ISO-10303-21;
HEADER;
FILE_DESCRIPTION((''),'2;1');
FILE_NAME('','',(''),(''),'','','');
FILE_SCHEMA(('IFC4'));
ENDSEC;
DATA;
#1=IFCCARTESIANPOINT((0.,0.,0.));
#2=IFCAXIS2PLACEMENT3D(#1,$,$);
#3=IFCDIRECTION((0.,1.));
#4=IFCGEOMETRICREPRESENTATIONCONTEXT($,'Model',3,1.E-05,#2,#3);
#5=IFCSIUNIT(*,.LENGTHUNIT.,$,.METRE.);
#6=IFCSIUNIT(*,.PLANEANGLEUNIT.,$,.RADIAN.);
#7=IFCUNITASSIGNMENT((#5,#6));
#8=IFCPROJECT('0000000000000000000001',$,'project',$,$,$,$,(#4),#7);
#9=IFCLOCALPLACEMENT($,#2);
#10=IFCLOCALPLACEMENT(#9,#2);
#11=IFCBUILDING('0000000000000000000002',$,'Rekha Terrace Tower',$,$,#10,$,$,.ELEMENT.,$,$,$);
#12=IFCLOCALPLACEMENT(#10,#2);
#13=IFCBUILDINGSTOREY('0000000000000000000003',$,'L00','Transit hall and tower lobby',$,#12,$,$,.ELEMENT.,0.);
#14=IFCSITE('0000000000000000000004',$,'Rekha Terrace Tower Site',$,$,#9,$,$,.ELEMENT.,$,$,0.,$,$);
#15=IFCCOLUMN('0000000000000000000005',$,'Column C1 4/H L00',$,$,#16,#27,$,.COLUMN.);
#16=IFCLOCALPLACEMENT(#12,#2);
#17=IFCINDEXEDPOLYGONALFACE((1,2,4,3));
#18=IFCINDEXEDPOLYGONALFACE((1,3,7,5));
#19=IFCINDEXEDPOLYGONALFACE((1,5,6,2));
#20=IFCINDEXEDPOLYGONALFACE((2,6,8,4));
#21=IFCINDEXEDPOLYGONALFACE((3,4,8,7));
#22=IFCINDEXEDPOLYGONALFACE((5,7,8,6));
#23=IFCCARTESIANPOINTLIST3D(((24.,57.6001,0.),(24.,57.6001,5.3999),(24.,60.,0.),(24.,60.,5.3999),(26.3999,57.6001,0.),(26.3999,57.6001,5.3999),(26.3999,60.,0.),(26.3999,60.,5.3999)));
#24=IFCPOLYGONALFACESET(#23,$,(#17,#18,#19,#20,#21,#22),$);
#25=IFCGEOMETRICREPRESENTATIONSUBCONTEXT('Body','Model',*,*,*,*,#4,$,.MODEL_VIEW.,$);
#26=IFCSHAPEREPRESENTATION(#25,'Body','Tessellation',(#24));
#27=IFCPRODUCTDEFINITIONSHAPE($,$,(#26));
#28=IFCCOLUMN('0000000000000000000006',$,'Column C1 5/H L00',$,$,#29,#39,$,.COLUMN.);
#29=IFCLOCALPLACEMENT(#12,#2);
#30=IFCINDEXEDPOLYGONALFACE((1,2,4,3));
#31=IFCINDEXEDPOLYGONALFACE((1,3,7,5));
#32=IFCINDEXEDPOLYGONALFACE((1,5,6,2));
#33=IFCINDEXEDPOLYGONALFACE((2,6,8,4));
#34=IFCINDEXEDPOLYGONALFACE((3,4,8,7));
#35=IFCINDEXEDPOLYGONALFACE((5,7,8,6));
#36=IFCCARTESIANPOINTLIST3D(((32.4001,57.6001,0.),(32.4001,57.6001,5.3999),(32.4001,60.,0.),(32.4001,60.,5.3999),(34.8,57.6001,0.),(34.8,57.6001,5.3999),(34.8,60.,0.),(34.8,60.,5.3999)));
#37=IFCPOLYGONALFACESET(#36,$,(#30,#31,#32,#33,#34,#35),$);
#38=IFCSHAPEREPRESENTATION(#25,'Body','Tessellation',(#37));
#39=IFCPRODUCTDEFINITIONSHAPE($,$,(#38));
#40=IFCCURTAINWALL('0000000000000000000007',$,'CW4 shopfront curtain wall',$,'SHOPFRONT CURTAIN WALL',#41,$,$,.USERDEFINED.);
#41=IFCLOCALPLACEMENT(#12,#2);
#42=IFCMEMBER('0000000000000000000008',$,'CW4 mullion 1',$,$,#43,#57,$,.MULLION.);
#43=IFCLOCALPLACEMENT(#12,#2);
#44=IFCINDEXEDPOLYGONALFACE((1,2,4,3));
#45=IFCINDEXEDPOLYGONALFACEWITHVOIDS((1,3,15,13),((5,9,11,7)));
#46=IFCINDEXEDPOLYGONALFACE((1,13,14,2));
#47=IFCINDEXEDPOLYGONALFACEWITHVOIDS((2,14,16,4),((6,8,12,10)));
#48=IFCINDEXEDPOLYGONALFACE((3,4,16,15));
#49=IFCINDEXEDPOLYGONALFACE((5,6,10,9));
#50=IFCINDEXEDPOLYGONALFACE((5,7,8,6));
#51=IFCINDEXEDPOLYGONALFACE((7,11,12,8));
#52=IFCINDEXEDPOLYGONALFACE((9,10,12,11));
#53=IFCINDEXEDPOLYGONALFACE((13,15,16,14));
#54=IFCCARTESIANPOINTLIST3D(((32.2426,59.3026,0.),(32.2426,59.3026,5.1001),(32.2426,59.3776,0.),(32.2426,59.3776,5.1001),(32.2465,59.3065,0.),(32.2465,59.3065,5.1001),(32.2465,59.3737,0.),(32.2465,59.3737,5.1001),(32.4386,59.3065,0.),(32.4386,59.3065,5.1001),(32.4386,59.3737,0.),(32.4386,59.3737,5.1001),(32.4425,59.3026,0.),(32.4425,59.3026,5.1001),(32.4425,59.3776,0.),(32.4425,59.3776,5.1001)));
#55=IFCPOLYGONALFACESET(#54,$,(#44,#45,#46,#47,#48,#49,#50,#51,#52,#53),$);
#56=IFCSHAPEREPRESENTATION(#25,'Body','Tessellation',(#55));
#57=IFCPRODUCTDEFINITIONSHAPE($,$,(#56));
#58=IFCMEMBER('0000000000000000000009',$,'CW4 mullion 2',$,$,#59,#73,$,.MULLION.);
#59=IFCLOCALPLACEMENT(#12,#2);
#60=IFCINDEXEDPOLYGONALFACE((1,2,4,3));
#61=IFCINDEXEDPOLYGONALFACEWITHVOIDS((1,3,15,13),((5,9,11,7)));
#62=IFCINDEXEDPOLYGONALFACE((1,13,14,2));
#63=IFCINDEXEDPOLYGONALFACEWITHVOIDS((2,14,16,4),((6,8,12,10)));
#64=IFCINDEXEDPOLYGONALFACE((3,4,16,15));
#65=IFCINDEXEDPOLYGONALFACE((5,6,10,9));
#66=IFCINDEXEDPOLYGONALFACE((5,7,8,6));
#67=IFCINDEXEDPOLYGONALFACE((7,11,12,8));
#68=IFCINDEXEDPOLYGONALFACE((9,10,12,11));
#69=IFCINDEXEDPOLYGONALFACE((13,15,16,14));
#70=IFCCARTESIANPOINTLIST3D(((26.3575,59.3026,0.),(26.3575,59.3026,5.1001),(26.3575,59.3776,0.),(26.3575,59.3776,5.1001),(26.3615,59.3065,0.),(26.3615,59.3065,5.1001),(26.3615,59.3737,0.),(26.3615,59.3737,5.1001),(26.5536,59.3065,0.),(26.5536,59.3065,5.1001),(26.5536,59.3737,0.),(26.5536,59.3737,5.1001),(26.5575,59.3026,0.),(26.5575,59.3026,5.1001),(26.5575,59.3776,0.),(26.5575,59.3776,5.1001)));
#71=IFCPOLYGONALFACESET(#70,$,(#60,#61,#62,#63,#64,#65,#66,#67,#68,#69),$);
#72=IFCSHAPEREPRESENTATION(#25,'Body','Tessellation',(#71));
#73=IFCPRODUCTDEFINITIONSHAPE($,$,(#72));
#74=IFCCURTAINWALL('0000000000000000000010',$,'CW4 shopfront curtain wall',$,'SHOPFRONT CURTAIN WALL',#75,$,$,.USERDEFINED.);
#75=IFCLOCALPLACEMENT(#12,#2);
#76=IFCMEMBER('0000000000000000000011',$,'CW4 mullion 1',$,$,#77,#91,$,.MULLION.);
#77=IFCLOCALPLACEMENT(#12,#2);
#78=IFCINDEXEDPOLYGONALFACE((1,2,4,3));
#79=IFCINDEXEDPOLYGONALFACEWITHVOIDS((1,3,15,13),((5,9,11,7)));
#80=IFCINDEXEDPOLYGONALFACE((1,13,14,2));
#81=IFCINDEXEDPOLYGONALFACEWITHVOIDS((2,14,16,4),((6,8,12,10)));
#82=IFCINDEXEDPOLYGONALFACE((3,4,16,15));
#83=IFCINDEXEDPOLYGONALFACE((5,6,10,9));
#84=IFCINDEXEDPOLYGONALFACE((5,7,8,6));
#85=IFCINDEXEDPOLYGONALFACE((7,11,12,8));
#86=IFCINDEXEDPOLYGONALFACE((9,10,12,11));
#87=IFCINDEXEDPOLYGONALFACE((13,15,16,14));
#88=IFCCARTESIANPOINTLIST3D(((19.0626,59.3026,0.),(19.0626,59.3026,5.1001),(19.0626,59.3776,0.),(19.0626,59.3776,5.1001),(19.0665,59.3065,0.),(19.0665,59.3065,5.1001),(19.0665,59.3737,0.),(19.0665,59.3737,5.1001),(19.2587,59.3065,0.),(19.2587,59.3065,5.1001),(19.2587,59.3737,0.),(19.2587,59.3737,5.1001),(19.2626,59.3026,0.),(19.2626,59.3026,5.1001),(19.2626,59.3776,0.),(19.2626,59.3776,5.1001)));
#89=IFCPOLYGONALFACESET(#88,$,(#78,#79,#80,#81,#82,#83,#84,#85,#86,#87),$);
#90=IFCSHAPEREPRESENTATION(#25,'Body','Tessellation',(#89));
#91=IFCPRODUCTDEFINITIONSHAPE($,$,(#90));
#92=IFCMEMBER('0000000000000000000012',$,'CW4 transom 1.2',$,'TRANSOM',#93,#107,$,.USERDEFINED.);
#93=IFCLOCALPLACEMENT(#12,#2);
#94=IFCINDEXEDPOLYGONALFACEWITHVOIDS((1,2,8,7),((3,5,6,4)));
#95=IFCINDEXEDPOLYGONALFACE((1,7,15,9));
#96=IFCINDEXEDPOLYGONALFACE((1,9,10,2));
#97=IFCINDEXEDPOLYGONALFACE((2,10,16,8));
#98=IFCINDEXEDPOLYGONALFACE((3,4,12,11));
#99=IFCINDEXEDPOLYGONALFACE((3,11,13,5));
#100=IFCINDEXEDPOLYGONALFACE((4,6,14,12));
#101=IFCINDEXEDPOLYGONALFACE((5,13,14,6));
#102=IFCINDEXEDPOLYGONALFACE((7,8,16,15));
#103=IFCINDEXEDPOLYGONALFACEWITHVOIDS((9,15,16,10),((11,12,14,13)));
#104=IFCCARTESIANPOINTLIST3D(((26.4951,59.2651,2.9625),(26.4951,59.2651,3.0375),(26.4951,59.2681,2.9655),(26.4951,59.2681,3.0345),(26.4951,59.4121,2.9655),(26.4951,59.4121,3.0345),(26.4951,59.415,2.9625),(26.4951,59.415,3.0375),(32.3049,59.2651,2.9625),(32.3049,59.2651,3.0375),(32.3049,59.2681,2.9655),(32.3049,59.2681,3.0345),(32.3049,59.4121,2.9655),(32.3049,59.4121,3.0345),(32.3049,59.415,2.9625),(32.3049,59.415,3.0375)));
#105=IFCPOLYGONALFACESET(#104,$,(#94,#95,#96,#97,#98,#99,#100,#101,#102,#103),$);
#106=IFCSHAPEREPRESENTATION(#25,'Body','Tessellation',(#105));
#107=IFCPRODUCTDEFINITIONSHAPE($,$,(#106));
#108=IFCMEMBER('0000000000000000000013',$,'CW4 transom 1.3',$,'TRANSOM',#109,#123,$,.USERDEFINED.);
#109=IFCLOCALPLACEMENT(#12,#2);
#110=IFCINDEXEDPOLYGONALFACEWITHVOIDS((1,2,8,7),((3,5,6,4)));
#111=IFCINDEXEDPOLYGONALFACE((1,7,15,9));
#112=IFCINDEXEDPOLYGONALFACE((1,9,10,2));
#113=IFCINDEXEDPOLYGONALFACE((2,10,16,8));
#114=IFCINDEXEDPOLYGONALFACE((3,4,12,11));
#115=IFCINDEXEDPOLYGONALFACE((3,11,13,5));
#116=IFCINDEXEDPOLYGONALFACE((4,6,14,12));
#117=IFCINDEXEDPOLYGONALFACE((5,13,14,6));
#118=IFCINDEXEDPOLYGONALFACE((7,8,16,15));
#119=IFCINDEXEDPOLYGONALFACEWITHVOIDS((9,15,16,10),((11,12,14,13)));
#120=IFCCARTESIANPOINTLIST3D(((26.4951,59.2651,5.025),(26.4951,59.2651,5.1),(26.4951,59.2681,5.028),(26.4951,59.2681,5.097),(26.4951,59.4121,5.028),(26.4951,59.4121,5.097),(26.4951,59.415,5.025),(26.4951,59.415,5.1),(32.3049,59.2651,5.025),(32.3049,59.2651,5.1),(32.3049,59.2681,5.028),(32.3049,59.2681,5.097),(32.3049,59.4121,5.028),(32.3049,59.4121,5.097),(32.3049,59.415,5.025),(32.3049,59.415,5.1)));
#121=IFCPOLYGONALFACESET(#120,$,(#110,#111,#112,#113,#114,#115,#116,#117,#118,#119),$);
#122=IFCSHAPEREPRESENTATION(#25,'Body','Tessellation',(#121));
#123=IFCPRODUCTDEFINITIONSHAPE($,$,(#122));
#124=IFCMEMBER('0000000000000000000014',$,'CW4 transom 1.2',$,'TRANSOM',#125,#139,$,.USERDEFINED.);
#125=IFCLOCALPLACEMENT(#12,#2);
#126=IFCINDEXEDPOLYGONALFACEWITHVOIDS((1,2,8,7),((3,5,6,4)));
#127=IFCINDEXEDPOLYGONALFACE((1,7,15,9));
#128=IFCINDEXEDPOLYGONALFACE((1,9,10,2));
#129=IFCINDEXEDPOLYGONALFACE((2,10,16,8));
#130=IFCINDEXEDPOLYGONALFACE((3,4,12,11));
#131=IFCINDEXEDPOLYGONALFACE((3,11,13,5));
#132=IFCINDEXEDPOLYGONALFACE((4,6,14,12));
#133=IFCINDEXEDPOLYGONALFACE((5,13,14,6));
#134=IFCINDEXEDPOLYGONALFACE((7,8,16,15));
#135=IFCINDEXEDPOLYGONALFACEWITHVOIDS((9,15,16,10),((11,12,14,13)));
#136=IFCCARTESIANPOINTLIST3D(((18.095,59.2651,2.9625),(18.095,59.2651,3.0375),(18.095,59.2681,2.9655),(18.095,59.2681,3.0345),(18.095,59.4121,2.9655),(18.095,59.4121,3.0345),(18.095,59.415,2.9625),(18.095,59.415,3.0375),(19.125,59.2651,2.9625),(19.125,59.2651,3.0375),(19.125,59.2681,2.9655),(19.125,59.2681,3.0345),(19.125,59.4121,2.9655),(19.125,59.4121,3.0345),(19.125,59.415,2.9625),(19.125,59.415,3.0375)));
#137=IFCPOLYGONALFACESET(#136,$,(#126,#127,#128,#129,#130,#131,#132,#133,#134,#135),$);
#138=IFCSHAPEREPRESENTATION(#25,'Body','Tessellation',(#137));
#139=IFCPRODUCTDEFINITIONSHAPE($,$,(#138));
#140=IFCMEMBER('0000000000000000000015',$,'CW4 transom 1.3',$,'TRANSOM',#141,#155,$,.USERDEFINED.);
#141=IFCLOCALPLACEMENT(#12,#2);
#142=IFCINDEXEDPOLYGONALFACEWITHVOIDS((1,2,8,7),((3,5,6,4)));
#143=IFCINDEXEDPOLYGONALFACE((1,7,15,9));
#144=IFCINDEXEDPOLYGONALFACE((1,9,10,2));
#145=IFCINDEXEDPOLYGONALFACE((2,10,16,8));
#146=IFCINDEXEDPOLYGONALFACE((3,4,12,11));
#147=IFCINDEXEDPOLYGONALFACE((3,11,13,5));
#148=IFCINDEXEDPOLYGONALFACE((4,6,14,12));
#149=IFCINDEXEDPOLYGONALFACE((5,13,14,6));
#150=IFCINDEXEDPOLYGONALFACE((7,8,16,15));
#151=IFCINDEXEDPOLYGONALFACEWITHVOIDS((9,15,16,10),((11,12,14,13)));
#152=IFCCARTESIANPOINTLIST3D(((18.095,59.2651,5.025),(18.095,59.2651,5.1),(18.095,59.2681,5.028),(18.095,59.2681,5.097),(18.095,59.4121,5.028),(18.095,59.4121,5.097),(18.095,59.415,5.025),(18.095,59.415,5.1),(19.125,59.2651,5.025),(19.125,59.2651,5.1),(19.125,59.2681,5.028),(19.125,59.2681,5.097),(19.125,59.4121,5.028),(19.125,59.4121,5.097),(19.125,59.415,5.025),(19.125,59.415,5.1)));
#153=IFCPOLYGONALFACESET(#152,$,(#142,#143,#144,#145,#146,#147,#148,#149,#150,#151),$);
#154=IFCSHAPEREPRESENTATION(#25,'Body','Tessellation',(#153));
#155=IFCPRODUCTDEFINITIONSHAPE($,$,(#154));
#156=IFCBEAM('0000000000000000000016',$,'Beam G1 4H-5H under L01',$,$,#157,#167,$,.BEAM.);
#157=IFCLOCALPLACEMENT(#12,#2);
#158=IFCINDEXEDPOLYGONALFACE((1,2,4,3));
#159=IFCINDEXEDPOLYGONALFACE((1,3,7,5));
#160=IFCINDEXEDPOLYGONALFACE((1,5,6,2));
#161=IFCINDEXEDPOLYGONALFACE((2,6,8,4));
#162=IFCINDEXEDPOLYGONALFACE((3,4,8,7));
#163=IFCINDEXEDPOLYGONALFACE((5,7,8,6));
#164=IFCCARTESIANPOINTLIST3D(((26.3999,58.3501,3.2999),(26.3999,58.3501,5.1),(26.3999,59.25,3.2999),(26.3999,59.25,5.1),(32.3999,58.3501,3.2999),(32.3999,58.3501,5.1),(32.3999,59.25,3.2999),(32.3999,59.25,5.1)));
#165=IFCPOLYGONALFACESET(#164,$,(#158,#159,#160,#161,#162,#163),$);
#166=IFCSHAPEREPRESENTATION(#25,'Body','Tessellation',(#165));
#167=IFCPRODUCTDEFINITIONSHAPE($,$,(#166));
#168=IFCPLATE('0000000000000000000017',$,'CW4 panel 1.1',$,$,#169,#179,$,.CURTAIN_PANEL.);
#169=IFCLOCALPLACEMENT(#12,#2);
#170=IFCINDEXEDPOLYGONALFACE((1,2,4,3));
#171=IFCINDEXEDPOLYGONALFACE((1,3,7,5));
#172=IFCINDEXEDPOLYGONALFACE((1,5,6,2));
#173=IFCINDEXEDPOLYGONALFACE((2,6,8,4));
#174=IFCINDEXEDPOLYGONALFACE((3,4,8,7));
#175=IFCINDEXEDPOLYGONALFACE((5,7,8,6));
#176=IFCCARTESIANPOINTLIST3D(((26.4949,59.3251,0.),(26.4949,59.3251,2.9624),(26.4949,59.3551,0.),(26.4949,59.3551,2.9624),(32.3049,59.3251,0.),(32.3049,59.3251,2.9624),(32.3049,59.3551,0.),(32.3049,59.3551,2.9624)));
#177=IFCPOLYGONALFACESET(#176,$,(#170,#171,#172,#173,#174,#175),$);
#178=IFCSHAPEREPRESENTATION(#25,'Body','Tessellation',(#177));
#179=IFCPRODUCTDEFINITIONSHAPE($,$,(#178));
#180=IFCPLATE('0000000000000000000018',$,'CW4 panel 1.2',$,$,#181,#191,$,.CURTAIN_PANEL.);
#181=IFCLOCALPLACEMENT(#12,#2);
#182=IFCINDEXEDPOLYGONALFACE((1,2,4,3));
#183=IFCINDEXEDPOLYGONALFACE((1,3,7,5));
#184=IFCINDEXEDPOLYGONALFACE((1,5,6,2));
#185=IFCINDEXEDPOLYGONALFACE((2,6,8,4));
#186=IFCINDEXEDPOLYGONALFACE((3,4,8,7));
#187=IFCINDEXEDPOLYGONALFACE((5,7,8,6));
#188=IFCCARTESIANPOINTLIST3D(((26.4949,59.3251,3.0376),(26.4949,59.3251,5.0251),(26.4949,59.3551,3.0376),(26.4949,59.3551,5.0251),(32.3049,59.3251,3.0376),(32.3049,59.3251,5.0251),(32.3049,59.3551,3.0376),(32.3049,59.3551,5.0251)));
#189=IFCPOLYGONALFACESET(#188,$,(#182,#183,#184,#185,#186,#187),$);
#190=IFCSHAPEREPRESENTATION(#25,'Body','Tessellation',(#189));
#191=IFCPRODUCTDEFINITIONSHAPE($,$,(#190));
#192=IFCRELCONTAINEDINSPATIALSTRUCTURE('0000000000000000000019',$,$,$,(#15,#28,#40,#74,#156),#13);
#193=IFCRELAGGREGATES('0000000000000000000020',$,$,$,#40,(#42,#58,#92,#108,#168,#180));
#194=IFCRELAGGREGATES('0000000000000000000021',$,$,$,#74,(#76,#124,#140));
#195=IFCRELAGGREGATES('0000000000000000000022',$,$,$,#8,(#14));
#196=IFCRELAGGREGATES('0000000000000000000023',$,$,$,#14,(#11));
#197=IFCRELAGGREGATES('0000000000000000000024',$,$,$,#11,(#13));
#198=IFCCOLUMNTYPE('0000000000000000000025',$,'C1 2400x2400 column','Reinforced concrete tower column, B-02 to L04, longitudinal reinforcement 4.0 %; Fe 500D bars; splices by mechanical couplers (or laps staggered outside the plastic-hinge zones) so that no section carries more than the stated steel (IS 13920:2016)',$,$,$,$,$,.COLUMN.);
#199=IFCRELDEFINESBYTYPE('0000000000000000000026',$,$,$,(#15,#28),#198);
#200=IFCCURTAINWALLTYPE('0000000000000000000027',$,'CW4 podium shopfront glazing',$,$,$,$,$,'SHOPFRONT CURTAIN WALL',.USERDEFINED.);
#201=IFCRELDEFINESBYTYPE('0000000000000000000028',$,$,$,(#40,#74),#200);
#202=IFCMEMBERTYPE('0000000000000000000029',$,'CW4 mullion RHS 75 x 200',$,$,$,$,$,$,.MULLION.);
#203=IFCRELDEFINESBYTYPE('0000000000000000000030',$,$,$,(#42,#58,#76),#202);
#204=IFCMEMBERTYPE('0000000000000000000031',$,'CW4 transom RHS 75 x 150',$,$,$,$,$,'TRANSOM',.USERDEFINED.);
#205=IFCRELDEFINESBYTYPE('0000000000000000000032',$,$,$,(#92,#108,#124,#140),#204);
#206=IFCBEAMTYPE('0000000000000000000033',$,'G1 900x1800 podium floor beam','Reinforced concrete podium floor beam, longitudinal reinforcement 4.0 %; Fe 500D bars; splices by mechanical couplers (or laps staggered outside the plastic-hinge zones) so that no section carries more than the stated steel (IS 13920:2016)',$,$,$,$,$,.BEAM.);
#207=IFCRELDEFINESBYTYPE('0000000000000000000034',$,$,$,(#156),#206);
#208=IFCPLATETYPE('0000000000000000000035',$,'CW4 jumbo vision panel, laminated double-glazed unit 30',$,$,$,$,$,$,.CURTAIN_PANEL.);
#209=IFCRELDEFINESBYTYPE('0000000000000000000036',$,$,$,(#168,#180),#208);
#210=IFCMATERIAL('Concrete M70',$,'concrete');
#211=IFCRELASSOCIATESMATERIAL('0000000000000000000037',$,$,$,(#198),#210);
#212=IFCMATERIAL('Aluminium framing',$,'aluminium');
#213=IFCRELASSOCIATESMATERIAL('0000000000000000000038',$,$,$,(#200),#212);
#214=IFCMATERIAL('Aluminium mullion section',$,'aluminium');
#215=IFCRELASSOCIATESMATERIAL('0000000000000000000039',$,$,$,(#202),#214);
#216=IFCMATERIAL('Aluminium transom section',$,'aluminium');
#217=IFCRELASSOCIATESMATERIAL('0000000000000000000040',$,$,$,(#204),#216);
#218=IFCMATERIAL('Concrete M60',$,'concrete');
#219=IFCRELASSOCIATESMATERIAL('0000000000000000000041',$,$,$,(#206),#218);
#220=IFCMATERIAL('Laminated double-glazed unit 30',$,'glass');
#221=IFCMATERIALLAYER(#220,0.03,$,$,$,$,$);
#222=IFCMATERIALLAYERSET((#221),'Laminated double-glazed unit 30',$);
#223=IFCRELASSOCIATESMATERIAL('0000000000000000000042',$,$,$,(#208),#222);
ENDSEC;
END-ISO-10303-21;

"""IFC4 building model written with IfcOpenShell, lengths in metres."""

from ifc_helpers import new_model, si_unit, direction, frame, origin, origin_2d, place, context, subcontext, project, spatial, rectangle, hollow_rectangle, extrude, material, layer, layer_set, material_profile, profile_set, type_object, element, aggregate, save


model = new_model("IFC4")

# Units and contexts
model_context = context("Model", 3, precision=1e-05, world=origin(), true_north=direction((0.0, 1.0)))
body_context = subcontext(model_context, "Body", "Model", "MODEL_VIEW")
ifc_project = project(units=[si_unit("LENGTHUNIT", "METRE"), si_unit("PLANEANGLEUNIT", "RADIAN")], contexts=[model_context])

# Site, building, storey
site_placement = place(None, origin())
site = spatial("IfcSite", under=ifc_project, at=site_placement, Name="Rekha Terrace Tower Site", CompositionType="ELEMENT", RefElevation=0.0)
building_placement = place(site_placement, origin())
building = spatial("IfcBuilding", under=site, at=building_placement, Name="Rekha Terrace Tower", CompositionType="ELEMENT")
storey_placement = place(building_placement, origin())
storey = spatial("IfcBuildingStorey", under=building, at=storey_placement, Name="L00", Description="Transit hall and tower lobby", CompositionType="ELEMENT", Elevation=0.0)

# Columns
ifc_material_1 = material(Name="Concrete M70", Category="concrete")
ifc_material_profile_1 = material_profile(ifc_material_1, rectangle(XDim=2.3999, YDim=2.3999, at=origin_2d()), Name="RC 2400x2400")
ifc_profile_set_1 = profile_set([ifc_material_profile_1], Name="Concrete M70")
column_type = type_object("IfcColumnType", Name="C1 2400x2400 column", Description="Reinforced concrete tower column, B-02 to L04, longitudinal reinforcement 4.0 %; Fe 500D bars; splices by mechanical couplers (or laps staggered outside the plastic-hinge zones) so that no section carries more than the stated steel (IS 13920:2016)", PredefinedType="COLUMN", material=ifc_profile_set_1)
for number, where, z_axis, x_axis, name in (
    (1, (25.2, 58.8, 0.0), (0.0, 0.0, 1.0), (1.0, 0.0, 0.0), "Column C1 4/H L00"),
    (2, (33.6001, 58.8, 0.0), (0.0, 0.0, 1.0), (1.0, 0.0, 0.0), "Column C1 5/H L00"),
):
    element("IfcColumn", number, at=place(storey_placement, frame(where, z_axis=z_axis, x_axis=x_axis)), inside=storey, type_object=column_type, Name=name, PredefinedType="COLUMN", context=body_context, shape_type="SweptSolid", body=[
        extrude(rectangle(XDim=2.3999, YDim=2.3999, at=origin_2d()), origin(), (0.0, 0.0, 1.0), 5.3999),
    ])

# Curtain wall, members
ifc_material_2 = material(Name="Aluminium framing", Category="aluminium")
curtain_wall_type = type_object("IfcCurtainWallType", Name="CW4 podium shopfront glazing", ElementType="SHOPFRONT CURTAIN WALL", PredefinedType="USERDEFINED", material=ifc_material_2)
curtain_wall_1_placement = place(storey_placement, origin())
curtain_wall_1 = element("IfcCurtainWall", 3, at=curtain_wall_1_placement, inside=storey, type_object=curtain_wall_type, Name="CW4 shopfront curtain wall", ObjectType="SHOPFRONT CURTAIN WALL", PredefinedType="USERDEFINED")
ifc_material_3 = material(Name="Aluminium mullion section", Category="aluminium")
ifc_material_profile_2 = material_profile(ifc_material_3, hollow_rectangle(XDim=0.075, YDim=0.2, WallThickness=0.0039, at=origin_2d()), Name="AL RHS 75x200")
ifc_profile_set_2 = profile_set([ifc_material_profile_2], Name="Aluminium mullion section")
member_type_1 = type_object("IfcMemberType", Name="CW4 mullion RHS 75 x 200", PredefinedType="MULLION", material=ifc_profile_set_2)
member_1_placement = place(storey_placement, frame((32.3425, 59.3401, 0.0), z_axis=(0.0, 0.0, 1.0), x_axis=(0.0, -1.0, 0.0)))
member_1 = element("IfcMember", 4, at=member_1_placement, type_object=member_type_1, Name="CW4 mullion 1", PredefinedType="MULLION", context=body_context, shape_type="SweptSolid", body=[
    extrude(hollow_rectangle(XDim=0.075, YDim=0.2, WallThickness=0.0039, at=origin_2d()), origin(), (0.0, 0.0, 1.0), 5.1001),
])
member_2_placement = place(storey_placement, frame((26.4575, 59.3401, 0.0), z_axis=(0.0, 0.0, 1.0), x_axis=(0.0, -1.0, 0.0)))
member_2 = element("IfcMember", 5, at=member_2_placement, type_object=member_type_1, Name="CW4 mullion 2", PredefinedType="MULLION", context=body_context, shape_type="SweptSolid", body=[
    extrude(hollow_rectangle(XDim=0.075, YDim=0.2, WallThickness=0.0039, at=origin_2d()), origin(), (0.0, 0.0, 1.0), 5.1001),
])

# Curtain wall, member
curtain_wall_2_placement = place(storey_placement, origin())
curtain_wall_2 = element("IfcCurtainWall", 6, at=curtain_wall_2_placement, inside=storey, type_object=curtain_wall_type, Name="CW4 shopfront curtain wall", ObjectType="SHOPFRONT CURTAIN WALL", PredefinedType="USERDEFINED")
member_3_placement = place(storey_placement, frame((19.1626, 59.3401, 0.0), z_axis=(0.0, 0.0, 1.0), x_axis=(0.0, -1.0, 0.0)))
member_3 = element("IfcMember", 7, at=member_3_placement, type_object=member_type_1, Name="CW4 mullion 1", PredefinedType="MULLION", context=body_context, shape_type="SweptSolid", body=[
    extrude(hollow_rectangle(XDim=0.075, YDim=0.2, WallThickness=0.0039, at=origin_2d()), origin(), (0.0, 0.0, 1.0), 5.1001),
])

# Members
ifc_material_4 = material(Name="Aluminium transom section", Category="aluminium")
ifc_material_profile_3 = material_profile(ifc_material_4, hollow_rectangle(XDim=0.1499, YDim=0.075, WallThickness=0.0029, at=origin_2d()), Name="AL RHS 150x75")
ifc_profile_set_3 = profile_set([ifc_material_profile_3], Name="Aluminium transom section")
member_type_2 = type_object("IfcMemberType", Name="CW4 transom RHS 75 x 150", ElementType="TRANSOM", PredefinedType="USERDEFINED", material=ifc_profile_set_3)
member_4_placement = place(storey_placement, frame((32.3049, 59.3401, 3.0), z_axis=(-1.0, 0.0, 0.0), x_axis=(0.0, -1.0, 0.0)))
member_4 = element("IfcMember", 8, at=member_4_placement, type_object=member_type_2, Name="CW4 transom 1.2", ObjectType="TRANSOM", PredefinedType="USERDEFINED", context=body_context, shape_type="SweptSolid", body=[
    extrude(hollow_rectangle(XDim=0.1499, YDim=0.075, WallThickness=0.0029, at=origin_2d()), origin(), (0.0, 0.0, 1.0), 5.8098),
])
member_5_placement = place(storey_placement, frame((32.3049, 59.3401, 5.0625), z_axis=(-1.0, 0.0, 0.0), x_axis=(0.0, -1.0, 0.0)))
member_5 = element("IfcMember", 9, at=member_5_placement, type_object=member_type_2, Name="CW4 transom 1.3", ObjectType="TRANSOM", PredefinedType="USERDEFINED", context=body_context, shape_type="SweptSolid", body=[
    extrude(hollow_rectangle(XDim=0.1499, YDim=0.075, WallThickness=0.0029, at=origin_2d()), origin(), (0.0, 0.0, 1.0), 5.8098),
])
member_6_placement = place(storey_placement, frame((19.125, 59.3401, 3.0), z_axis=(-1.0, 0.0, 0.0), x_axis=(0.0, -1.0, 0.0)))
member_6 = element("IfcMember", 10, at=member_6_placement, type_object=member_type_2, Name="CW4 transom 1.2", ObjectType="TRANSOM", PredefinedType="USERDEFINED", context=body_context, shape_type="SweptSolid", body=[
    extrude(hollow_rectangle(XDim=0.1499, YDim=0.075, WallThickness=0.0029, at=origin_2d()), origin(), (0.0, 0.0, 1.0), 1.03),
])
member_7_placement = place(storey_placement, frame((19.125, 59.3401, 5.0625), z_axis=(-1.0, 0.0, 0.0), x_axis=(0.0, -1.0, 0.0)))
member_7 = element("IfcMember", 11, at=member_7_placement, type_object=member_type_2, Name="CW4 transom 1.3", ObjectType="TRANSOM", PredefinedType="USERDEFINED", context=body_context, shape_type="SweptSolid", body=[
    extrude(hollow_rectangle(XDim=0.1499, YDim=0.075, WallThickness=0.0029, at=origin_2d()), origin(), (0.0, 0.0, 1.0), 1.03),
])

# Beam
ifc_material_5 = material(Name="Concrete M60", Category="concrete")
ifc_material_profile_4 = material_profile(ifc_material_5, rectangle(XDim=0.8999, YDim=1.8, at=origin_2d()), Name="RC 900x1800")
ifc_profile_set_4 = profile_set([ifc_material_profile_4], Name="Concrete M60")
beam_type = type_object("IfcBeamType", Name="G1 900x1800 podium floor beam", Description="Reinforced concrete podium floor beam, longitudinal reinforcement 4.0 %; Fe 500D bars; splices by mechanical couplers (or laps staggered outside the plastic-hinge zones) so that no section carries more than the stated steel (IS 13920:2016)", PredefinedType="BEAM", material=ifc_profile_set_4)
beam_placement = place(storey_placement, frame((26.3999, 58.8, 4.2), z_axis=(1.0, 0.0, 0.0), x_axis=(0.0, 1.0, 0.0)))
element("IfcBeam", 12, at=beam_placement, inside=storey, type_object=beam_type, Name="Beam G1 4H-5H under L01", PredefinedType="BEAM", context=body_context, shape_type="SweptSolid", body=[
    extrude(rectangle(XDim=0.8999, YDim=1.8, at=origin_2d()), origin(), (0.0, 0.0, 1.0), 6.0),
])

# Plates
ifc_material_6 = material(Name="Laminated double-glazed unit 30", Category="glass")
ifc_layer_1 = layer(ifc_material_6, 0.03)
ifc_layer_set_1 = layer_set([ifc_layer_1], Name="Laminated double-glazed unit 30")
plate_type = type_object("IfcPlateType", Name="CW4 jumbo vision panel, laminated double-glazed unit 30", PredefinedType="CURTAIN_PANEL", material=ifc_layer_set_1)
plate_1_placement = place(storey_placement, frame((29.3999, 59.3401, 0.0), z_axis=(0.0, 0.0, 1.0), x_axis=(-1.0, 0.0, 0.0)))
plate_1 = element("IfcPlate", 13, at=plate_1_placement, type_object=plate_type, Name="CW4 panel 1.1", PredefinedType="CURTAIN_PANEL", context=body_context, shape_type="SweptSolid", body=[
    extrude(rectangle(XDim=5.8101, YDim=0.03, at=origin_2d()), origin(), (0.0, 0.0, 1.0), 2.9624),
])
plate_2_placement = place(storey_placement, frame((29.3999, 59.3401, 3.0376), z_axis=(0.0, 0.0, 1.0), x_axis=(-1.0, 0.0, 0.0)))
plate_2 = element("IfcPlate", 14, at=plate_2_placement, type_object=plate_type, Name="CW4 panel 1.2", PredefinedType="CURTAIN_PANEL", context=body_context, shape_type="SweptSolid", body=[
    extrude(rectangle(XDim=5.8101, YDim=0.03, at=origin_2d()), origin(), (0.0, 0.0, 1.0), 1.9875),
])
aggregate(curtain_wall_1, [member_1, member_2, member_4, member_5, plate_1, plate_2])
aggregate(curtain_wall_2, [member_3, member_6, member_7])

save(model, "model.ifc")
